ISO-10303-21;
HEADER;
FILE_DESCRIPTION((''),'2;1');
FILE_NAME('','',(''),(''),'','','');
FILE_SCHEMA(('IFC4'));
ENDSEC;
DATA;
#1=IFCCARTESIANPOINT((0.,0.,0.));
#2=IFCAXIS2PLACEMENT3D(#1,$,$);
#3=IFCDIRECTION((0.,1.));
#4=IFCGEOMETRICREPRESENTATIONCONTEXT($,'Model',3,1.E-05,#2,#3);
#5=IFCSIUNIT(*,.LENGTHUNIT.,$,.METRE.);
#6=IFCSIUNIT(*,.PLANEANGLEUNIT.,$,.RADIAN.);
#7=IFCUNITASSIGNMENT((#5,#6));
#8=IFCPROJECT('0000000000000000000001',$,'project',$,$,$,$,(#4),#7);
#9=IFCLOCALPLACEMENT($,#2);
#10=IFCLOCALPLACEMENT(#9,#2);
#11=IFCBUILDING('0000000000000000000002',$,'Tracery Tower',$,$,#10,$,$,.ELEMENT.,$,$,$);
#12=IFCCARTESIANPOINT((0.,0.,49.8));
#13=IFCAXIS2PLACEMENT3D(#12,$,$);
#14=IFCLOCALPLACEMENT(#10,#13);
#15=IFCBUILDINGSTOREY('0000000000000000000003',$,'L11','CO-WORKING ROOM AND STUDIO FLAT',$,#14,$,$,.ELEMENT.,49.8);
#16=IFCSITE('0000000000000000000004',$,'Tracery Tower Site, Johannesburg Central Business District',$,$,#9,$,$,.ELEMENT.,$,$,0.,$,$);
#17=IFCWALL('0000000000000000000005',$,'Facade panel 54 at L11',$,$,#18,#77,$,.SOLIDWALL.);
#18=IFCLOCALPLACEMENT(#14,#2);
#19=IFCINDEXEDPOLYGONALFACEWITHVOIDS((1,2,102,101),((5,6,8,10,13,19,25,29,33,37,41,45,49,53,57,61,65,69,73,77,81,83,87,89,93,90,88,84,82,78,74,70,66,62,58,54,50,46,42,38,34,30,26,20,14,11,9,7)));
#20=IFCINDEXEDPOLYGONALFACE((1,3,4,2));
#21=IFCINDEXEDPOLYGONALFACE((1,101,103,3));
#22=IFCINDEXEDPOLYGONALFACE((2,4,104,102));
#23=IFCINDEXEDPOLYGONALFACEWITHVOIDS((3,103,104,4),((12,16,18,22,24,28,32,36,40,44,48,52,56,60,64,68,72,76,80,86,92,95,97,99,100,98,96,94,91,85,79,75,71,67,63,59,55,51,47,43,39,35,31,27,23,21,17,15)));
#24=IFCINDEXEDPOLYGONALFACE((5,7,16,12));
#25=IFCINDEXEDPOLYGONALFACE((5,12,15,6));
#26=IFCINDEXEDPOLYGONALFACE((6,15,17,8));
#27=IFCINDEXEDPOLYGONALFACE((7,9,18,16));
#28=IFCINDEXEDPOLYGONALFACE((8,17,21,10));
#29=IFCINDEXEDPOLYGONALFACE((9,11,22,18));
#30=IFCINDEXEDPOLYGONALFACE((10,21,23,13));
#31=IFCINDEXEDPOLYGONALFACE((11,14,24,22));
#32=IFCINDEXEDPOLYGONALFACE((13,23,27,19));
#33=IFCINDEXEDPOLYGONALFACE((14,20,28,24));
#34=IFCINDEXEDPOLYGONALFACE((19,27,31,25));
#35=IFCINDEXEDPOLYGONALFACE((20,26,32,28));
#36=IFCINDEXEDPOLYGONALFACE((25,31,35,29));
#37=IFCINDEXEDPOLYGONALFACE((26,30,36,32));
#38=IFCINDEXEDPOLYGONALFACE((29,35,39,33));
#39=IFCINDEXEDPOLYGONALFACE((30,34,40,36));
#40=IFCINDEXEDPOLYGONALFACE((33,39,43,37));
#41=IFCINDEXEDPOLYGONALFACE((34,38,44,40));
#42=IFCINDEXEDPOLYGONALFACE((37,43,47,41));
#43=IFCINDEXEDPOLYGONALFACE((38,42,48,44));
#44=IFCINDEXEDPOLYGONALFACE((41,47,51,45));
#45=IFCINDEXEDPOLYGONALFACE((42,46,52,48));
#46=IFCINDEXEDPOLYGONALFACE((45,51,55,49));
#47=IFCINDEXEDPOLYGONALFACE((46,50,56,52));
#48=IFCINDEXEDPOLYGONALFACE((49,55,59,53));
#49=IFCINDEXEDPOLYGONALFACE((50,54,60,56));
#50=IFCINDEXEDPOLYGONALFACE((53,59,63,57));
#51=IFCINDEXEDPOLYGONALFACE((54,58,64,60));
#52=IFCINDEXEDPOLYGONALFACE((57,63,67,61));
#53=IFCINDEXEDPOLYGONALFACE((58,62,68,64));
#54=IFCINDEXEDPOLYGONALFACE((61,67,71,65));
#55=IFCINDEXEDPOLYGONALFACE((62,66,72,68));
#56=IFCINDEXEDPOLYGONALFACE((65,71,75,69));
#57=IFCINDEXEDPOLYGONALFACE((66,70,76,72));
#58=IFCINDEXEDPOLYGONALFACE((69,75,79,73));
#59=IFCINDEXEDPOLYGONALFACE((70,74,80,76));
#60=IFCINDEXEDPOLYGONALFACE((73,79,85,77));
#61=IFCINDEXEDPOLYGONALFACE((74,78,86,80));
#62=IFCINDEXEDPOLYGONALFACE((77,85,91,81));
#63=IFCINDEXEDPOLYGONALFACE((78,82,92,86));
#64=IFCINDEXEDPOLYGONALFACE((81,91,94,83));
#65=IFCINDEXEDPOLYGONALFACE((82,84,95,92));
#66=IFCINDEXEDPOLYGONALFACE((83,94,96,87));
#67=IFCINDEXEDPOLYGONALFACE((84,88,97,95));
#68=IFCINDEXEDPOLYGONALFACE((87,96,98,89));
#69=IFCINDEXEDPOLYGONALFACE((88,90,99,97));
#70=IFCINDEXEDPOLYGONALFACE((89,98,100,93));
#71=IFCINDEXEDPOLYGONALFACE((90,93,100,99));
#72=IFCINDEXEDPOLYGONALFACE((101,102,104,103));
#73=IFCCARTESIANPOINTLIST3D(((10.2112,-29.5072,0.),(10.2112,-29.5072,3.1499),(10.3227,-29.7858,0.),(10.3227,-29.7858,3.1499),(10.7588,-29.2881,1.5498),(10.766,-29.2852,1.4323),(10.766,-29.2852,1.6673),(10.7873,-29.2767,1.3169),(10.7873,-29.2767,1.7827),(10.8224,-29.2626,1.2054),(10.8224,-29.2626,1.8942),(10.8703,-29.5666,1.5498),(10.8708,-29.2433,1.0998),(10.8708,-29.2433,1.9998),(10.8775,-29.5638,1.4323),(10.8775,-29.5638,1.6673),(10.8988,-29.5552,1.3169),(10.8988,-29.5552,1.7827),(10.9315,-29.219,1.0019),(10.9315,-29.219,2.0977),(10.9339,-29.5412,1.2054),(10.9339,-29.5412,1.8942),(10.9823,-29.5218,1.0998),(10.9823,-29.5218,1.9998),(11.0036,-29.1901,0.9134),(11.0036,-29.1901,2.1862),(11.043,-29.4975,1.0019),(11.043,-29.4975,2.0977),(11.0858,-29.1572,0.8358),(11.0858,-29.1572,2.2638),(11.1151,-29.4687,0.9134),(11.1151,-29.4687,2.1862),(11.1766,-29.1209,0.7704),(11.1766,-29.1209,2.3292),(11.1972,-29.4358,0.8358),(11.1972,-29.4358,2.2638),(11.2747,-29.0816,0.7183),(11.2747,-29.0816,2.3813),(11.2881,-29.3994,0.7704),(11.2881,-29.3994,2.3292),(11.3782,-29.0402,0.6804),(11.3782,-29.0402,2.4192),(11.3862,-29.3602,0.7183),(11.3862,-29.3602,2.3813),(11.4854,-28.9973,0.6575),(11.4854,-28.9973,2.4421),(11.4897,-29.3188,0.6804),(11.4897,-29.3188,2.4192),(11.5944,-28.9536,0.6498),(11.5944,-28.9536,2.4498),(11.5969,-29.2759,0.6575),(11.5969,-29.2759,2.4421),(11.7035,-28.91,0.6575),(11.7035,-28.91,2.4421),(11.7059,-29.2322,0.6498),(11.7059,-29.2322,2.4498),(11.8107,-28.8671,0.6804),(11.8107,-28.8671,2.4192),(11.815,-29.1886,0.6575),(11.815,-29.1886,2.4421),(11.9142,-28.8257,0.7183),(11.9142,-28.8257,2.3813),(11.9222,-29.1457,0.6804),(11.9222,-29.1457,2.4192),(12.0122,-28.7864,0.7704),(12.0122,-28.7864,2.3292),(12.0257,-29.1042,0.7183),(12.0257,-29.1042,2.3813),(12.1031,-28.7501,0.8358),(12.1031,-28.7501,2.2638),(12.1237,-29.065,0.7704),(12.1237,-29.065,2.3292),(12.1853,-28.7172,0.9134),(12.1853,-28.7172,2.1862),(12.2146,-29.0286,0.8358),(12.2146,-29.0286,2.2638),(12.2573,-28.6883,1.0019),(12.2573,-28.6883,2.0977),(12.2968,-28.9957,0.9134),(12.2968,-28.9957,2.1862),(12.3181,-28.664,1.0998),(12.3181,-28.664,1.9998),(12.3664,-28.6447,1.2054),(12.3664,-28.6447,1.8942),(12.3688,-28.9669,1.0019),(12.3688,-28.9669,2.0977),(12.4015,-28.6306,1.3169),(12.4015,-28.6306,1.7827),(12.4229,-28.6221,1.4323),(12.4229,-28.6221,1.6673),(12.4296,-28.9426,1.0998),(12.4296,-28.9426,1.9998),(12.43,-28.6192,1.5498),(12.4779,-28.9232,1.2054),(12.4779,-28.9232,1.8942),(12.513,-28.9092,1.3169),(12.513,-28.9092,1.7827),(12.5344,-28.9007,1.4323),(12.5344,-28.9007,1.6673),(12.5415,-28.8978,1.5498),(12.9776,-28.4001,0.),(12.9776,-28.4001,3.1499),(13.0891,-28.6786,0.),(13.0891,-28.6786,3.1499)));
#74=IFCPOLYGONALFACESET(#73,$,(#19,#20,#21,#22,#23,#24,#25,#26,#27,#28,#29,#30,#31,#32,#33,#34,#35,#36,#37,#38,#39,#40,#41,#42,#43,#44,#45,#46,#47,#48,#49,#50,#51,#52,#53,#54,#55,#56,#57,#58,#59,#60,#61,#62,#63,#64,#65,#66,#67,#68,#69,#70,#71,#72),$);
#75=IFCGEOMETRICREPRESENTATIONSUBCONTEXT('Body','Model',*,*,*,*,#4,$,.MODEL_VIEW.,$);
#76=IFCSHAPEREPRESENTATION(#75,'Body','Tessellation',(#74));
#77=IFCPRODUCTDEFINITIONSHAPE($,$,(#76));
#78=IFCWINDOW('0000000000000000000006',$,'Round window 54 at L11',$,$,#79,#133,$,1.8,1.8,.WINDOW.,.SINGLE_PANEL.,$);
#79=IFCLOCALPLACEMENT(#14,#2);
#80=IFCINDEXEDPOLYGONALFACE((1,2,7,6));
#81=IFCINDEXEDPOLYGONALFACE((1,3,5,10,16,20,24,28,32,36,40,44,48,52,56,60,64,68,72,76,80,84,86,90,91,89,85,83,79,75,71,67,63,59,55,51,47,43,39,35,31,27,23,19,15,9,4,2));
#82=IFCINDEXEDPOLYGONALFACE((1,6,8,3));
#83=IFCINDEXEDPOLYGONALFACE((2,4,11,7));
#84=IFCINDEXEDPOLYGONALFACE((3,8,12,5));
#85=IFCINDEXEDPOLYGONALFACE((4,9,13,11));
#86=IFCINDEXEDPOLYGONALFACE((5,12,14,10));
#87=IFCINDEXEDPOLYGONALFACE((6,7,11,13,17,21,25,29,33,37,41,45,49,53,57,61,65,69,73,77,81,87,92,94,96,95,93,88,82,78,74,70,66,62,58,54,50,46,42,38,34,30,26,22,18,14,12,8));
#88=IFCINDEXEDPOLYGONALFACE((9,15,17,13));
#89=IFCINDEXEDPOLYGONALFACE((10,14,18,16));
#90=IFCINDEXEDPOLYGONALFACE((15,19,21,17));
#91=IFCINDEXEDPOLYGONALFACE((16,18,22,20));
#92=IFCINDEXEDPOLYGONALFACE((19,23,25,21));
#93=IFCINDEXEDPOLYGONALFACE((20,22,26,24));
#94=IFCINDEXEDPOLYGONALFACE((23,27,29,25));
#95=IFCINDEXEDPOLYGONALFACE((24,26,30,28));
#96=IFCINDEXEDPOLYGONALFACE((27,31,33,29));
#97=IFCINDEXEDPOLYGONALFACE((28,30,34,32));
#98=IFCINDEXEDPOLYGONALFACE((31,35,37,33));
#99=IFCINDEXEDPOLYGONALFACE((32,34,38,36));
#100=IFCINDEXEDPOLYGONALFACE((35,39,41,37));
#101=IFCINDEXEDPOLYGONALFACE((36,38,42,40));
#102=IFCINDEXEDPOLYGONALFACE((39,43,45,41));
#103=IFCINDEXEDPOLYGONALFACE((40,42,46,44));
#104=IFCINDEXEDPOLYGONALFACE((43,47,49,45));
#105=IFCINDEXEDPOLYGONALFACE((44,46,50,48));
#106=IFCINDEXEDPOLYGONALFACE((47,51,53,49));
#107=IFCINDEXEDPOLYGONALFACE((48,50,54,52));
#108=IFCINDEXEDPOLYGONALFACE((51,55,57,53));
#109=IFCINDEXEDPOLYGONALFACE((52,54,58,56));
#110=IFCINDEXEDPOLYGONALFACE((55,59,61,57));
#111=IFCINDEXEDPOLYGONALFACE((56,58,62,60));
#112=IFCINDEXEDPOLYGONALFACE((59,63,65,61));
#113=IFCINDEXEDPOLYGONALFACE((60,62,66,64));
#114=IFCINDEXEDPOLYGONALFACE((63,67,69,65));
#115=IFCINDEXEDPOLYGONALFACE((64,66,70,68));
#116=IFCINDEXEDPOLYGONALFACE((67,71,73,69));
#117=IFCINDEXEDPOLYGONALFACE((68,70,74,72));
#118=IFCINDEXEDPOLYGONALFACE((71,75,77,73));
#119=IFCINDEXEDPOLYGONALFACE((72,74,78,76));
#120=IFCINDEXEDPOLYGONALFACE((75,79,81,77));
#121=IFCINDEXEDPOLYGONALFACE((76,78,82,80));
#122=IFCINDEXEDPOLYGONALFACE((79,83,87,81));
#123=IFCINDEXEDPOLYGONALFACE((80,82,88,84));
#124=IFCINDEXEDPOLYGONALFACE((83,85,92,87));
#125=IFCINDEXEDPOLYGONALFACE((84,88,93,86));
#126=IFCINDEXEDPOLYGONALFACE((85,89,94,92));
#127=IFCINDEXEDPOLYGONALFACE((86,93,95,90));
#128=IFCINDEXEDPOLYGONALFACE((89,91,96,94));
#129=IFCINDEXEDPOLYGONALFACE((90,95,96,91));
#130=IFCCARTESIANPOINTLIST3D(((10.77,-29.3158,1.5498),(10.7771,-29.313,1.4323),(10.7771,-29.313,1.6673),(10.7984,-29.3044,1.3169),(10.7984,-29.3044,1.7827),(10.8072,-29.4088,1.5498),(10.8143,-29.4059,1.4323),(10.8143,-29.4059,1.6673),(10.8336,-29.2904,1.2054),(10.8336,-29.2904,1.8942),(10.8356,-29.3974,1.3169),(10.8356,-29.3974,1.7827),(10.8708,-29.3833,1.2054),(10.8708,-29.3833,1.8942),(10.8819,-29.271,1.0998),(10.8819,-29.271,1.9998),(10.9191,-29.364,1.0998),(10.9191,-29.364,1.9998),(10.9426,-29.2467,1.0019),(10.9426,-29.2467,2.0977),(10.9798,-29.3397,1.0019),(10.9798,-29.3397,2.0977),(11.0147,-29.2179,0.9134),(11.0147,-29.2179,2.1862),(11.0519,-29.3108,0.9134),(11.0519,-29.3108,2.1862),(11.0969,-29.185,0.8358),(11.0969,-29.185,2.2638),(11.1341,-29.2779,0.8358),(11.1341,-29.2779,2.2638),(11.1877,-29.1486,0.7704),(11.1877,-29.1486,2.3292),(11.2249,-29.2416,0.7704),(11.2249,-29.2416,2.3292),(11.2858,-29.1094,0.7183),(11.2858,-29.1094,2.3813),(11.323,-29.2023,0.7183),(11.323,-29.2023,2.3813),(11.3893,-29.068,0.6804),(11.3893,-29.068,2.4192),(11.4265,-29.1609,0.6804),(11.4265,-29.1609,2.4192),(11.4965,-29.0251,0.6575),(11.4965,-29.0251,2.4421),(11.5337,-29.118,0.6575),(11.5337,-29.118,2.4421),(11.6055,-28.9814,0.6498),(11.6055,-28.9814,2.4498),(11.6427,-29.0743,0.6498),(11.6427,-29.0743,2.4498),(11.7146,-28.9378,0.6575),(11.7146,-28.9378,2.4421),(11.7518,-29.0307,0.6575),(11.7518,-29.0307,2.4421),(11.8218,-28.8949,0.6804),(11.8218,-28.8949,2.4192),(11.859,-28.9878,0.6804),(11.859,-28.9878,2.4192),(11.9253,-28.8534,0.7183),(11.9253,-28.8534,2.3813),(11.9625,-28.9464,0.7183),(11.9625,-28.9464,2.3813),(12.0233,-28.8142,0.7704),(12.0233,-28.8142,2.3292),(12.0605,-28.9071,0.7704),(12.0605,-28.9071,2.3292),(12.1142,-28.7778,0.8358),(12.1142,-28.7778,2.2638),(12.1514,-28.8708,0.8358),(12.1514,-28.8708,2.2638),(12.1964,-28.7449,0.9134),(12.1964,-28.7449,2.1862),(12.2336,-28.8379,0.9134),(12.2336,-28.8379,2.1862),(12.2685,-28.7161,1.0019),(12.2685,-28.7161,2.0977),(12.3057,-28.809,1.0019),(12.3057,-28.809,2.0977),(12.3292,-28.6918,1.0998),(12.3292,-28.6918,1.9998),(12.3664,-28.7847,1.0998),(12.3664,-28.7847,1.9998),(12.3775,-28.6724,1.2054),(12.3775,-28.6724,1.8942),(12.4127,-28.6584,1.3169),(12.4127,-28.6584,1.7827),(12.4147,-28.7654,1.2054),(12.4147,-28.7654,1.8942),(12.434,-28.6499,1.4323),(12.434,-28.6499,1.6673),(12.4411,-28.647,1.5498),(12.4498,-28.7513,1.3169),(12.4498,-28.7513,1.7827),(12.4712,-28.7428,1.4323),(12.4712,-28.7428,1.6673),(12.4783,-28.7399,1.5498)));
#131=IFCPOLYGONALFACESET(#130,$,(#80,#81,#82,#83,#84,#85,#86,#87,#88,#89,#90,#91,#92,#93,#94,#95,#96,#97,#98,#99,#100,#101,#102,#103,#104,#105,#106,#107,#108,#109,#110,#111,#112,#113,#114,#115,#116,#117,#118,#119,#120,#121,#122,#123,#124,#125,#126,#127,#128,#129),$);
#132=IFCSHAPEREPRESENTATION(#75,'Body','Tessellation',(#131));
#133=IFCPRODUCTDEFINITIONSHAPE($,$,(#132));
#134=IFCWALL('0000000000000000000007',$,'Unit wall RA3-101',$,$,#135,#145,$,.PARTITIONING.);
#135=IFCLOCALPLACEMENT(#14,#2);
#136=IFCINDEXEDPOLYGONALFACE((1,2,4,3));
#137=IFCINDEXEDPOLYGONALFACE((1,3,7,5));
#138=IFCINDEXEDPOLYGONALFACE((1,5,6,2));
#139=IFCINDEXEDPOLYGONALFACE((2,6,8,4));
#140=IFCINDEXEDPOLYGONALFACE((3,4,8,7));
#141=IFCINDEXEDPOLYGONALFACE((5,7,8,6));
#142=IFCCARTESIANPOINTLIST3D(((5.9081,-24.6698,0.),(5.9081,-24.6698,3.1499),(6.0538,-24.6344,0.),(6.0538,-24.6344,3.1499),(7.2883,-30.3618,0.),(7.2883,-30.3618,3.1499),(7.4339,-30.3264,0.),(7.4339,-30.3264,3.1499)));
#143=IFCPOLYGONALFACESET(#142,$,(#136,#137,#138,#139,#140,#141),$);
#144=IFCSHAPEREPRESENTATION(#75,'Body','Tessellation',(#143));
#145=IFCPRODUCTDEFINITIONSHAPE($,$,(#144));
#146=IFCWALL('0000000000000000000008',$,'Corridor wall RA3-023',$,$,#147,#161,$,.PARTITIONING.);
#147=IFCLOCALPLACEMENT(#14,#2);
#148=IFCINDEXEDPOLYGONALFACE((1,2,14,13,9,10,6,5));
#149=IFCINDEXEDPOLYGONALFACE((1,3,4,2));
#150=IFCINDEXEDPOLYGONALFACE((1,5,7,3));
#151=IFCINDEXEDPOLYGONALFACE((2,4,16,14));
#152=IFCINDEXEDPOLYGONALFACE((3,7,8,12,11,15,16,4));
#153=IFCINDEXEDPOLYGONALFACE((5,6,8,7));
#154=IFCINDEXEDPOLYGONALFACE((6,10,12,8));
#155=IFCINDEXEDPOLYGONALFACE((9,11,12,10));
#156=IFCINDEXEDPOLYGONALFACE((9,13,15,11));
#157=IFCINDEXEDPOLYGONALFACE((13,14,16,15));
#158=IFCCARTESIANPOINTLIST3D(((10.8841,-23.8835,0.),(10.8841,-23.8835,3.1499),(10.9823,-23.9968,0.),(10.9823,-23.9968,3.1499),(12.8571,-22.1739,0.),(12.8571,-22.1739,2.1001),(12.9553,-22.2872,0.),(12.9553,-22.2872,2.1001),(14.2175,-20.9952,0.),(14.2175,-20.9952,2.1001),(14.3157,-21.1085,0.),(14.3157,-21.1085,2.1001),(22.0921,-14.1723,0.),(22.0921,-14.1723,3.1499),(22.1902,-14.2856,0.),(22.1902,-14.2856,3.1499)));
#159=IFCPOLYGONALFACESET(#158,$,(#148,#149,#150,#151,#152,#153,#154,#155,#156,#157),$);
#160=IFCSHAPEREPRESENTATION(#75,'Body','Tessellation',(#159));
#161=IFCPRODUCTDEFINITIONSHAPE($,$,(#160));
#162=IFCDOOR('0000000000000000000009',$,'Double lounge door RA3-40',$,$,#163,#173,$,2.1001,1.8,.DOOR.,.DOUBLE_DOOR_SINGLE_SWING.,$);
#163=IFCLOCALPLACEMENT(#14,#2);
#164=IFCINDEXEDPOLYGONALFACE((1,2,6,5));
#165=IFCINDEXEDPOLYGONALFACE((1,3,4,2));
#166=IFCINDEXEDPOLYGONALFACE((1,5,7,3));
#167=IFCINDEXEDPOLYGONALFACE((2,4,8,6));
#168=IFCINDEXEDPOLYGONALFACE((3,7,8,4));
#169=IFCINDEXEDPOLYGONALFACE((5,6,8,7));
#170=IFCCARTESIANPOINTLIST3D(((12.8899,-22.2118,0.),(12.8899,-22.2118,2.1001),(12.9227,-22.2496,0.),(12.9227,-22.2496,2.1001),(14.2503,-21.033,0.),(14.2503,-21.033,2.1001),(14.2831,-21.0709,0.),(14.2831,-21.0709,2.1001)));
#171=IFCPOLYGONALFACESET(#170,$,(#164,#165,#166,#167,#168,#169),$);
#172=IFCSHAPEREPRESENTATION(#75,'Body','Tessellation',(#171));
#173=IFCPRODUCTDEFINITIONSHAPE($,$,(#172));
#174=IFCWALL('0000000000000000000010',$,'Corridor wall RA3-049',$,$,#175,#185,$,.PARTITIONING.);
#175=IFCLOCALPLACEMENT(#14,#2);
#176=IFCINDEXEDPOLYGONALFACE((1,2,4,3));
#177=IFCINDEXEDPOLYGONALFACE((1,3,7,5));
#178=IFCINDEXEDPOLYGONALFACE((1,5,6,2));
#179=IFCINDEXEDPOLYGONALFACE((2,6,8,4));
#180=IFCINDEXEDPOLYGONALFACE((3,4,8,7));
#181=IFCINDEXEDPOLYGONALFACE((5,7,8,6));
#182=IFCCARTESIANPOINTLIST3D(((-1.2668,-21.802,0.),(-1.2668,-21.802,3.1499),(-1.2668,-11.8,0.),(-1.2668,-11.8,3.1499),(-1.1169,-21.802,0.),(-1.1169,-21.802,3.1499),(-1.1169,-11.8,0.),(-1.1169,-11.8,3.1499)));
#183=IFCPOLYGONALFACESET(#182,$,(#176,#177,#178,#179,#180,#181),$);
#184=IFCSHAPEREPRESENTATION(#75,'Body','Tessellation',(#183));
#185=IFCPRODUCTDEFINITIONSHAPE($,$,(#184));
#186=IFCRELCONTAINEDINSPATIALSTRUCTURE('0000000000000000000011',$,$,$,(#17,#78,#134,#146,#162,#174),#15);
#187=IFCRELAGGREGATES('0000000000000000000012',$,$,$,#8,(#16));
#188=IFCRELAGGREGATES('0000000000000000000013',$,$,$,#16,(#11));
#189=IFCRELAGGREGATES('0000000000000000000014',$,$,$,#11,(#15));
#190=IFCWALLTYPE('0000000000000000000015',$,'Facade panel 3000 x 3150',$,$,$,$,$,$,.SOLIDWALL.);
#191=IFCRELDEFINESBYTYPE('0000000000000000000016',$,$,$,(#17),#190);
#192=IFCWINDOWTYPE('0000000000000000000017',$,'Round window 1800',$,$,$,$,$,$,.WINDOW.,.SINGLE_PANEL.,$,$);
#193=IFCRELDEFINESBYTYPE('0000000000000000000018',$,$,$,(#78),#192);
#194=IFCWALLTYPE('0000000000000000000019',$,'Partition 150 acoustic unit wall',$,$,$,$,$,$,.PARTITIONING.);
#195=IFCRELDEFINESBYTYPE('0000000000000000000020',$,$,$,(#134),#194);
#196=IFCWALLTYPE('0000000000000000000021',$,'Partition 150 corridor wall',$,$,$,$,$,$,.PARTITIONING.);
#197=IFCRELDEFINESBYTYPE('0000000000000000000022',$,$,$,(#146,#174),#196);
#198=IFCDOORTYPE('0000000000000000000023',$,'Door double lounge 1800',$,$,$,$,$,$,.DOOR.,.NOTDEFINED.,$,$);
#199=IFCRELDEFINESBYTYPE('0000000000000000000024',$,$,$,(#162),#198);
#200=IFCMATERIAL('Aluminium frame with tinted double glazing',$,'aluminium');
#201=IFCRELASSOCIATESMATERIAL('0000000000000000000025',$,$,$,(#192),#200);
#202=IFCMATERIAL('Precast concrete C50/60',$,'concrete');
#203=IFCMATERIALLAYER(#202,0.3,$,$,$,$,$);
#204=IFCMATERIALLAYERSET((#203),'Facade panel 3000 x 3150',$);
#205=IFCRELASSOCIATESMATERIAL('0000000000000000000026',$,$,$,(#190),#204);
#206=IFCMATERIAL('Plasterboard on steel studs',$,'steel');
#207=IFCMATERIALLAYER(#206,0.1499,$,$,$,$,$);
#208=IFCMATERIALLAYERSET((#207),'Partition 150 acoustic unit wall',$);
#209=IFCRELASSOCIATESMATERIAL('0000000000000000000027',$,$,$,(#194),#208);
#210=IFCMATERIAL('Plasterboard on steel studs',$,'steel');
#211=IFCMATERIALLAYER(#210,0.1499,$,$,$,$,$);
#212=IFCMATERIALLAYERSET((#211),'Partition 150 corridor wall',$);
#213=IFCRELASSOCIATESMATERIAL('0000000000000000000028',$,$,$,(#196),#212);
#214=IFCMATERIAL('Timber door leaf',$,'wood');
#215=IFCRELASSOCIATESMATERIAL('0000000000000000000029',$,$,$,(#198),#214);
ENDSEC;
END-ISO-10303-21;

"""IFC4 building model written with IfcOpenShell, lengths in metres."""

from ifc_helpers import new_model, si_unit, direction, frame, frame_2d, origin, origin_2d, place, context, subcontext, project, spatial, rectangle, circle, extrude, material, layer, layer_set, type_object, element, fill, save


model = new_model("IFC4")

# Units and contexts
model_context = context("Model", 3, precision=1e-05, world=origin(), true_north=direction((0.0, 1.0)))
body_context = subcontext(model_context, "Body", "Model", "MODEL_VIEW")
ifc_project = project(units=[si_unit("LENGTHUNIT", "METRE"), si_unit("PLANEANGLEUNIT", "RADIAN")], contexts=[model_context])

# Site, building, storey
site_placement = place(None, origin())
site = spatial("IfcSite", under=ifc_project, at=site_placement, Name="Tracery Tower Site, Johannesburg Central Business District", CompositionType="ELEMENT", RefElevation=0.0)
building_placement = place(site_placement, origin())
building = spatial("IfcBuilding", under=site, at=building_placement, Name="Tracery Tower", CompositionType="ELEMENT")
storey_placement = place(building_placement, frame((0.0, 0.0, 49.8)))
storey = spatial("IfcBuildingStorey", under=building, at=storey_placement, Name="L11", Description="CO-WORKING ROOM AND STUDIO FLAT", CompositionType="ELEMENT", Elevation=49.8)

# Wall, opening, window
ifc_material_1 = material(Name="Aluminium frame with tinted double glazing", Category="aluminium")
window_type = type_object("IfcWindowType", Name="Round window 1800", PartitioningType="SINGLE_PANEL", PredefinedType="WINDOW", material=ifc_material_1)
ifc_material_2 = material(Name="Precast concrete C50/60", Category="concrete")
ifc_layer_1 = layer(ifc_material_2, 0.3)
ifc_layer_set_1 = layer_set([ifc_layer_1], Name="Facade panel 3000 x 3150")
wall_type_1 = type_object("IfcWallType", Name="Facade panel 3000 x 3150", PredefinedType="SOLIDWALL", material=ifc_layer_set_1)
wall_1_placement = place(storey_placement, frame((10.2671, -29.6465, 0.0), z_axis=(0.0, 0.0, 1.0), x_axis=(0.928403, 0.371574, 0.0)))
wall_1 = element("IfcWall", 1, at=wall_1_placement, inside=storey, type_object=wall_type_1, Name="Facade panel 54 at L11", PredefinedType="SOLIDWALL", context=body_context, shape_type="SweptSolid", body=[
    extrude(rectangle(XDim=2.9797, YDim=0.3, at=frame_2d((1.4897, 0.0))), origin(), (0.0, 0.0, 1.0), 3.1499),
])
opening_1_placement = place(wall_1_placement, frame((1.4897, 0.0, 1.5498)))
opening_1 = element("IfcOpeningElement", 2, at=opening_1_placement, cuts=wall_1, PredefinedType="OPENING", context=body_context, shape_type="SweptSolid", body=[
    extrude(circle(Radius=0.9, at=origin_2d()), frame((0.0, 0.1599, 0.0), z_axis=(0.0, -1.0, 0.0), x_axis=(1.0, 0.0, 0.0)), (0.0, 0.0, 1.0), 0.3201),
])
window_1_placement = place(opening_1_placement, origin())
window_1 = element("IfcWindow", 3, at=window_1_placement, inside=storey, type_object=window_type, Name="Round window 54 at L11", OverallHeight=1.8, OverallWidth=1.8, PartitioningType="SINGLE_PANEL", PredefinedType="WINDOW", context=body_context, shape_type="SweptSolid", body=[
    extrude(circle(Radius=0.9, at=origin_2d()), frame((0.0, 0.1201, 0.0), z_axis=(0.0, -1.0, 0.0), x_axis=(1.0, 0.0, 0.0)), (0.0, 0.0, 1.0), 0.1001),
])
fill(opening_1, window_1)

# Wall
ifc_material_3 = material(Name="Plasterboard on steel studs", Category="steel")
ifc_layer_2 = layer(ifc_material_3, 0.1499)
ifc_layer_set_2 = layer_set([ifc_layer_2], Name="Partition 150 acoustic unit wall")
wall_type_2 = type_object("IfcWallType", Name="Partition 150 acoustic unit wall", PredefinedType="PARTITIONING", material=ifc_layer_set_2)
wall_2_placement = place(storey_placement, frame((5.981, -24.6521, 0.0), z_axis=(0.0, 0.0, 1.0), x_axis=(0.235644, -0.971839, 0.0)))
element("IfcWall", 4, at=wall_2_placement, inside=storey, type_object=wall_type_2, Name="Unit wall RA3-101", PredefinedType="PARTITIONING", context=body_context, shape_type="SweptSolid", body=[
    extrude(rectangle(XDim=5.8569, YDim=0.1499, at=frame_2d((2.9285, 0.0))), origin(), (0.0, 0.0, 1.0), 3.1499),
])

# Wall, opening, door
ifc_material_4 = material(Name="Plasterboard on steel studs", Category="steel")
ifc_layer_3 = layer(ifc_material_4, 0.1499)
ifc_layer_set_3 = layer_set([ifc_layer_3], Name="Partition 150 corridor wall")
wall_type_3 = type_object("IfcWallType", Name="Partition 150 corridor wall", PredefinedType="PARTITIONING", material=ifc_layer_set_3)
wall_3_placement = place(storey_placement, frame((10.9331, -23.9402, 0.0), z_axis=(0.0, 0.0, 1.0), x_axis=(0.75577, 0.654837, 0.0)))
wall_3 = element("IfcWall", 5, at=wall_3_placement, inside=storey, type_object=wall_type_3, Name="Corridor wall RA3-023", PredefinedType="PARTITIONING", context=body_context, shape_type="SweptSolid", body=[
    extrude(rectangle(XDim=14.8298, YDim=0.1499, at=frame_2d((7.415, 0.0))), origin(), (0.0, 0.0, 1.0), 3.1499),
])
opening_2_placement = place(wall_3_placement, frame((2.6108, 0.0, 0.0)))
opening_2 = element("IfcOpeningElement", 6, at=opening_2_placement, cuts=wall_3, PredefinedType="OPENING", context=body_context, shape_type="SweptSolid", body=[
    extrude(rectangle(XDim=1.8, YDim=2.1001, at=frame_2d((0.8999, 1.05))), frame((0.0, 0.075, 0.0), z_axis=(0.0, -1.0, 0.0), x_axis=(1.0, 0.0, 0.0)), (0.0, 0.0, 1.0), 0.1499),
])
ifc_material_5 = material(Name="Timber door leaf", Category="wood")
door_type_1 = type_object("IfcDoorType", Name="Door double lounge 1800", OperationType="NOTDEFINED", PredefinedType="DOOR", material=ifc_material_5)
door_1_placement = place(opening_2_placement, origin())
door_1 = element("IfcDoor", 7, at=door_1_placement, inside=storey, type_object=door_type_1, Name="Double lounge door RA3-40", OperationType="DOUBLE_DOOR_SINGLE_SWING", OverallHeight=2.1001, OverallWidth=1.8, PredefinedType="DOOR", context=body_context, shape_type="SweptSolid", body=[
    extrude(rectangle(XDim=1.8, YDim=2.1001, at=frame_2d((0.8999, 1.05))), frame((0.0, 0.0249, 0.0), z_axis=(0.0, -1.0, 0.0), x_axis=(1.0, 0.0, 0.0)), (0.0, 0.0, 1.0), 0.05),
])
fill(opening_2, door_1)

# Wall
wall_4_placement = place(storey_placement, frame((-1.1919, -21.802, 0.0), z_axis=(0.0, 0.0, 1.0), x_axis=(0.0, 1.0, 0.0)))
element("IfcWall", 8, at=wall_4_placement, inside=storey, type_object=wall_type_3, Name="Corridor wall RA3-049", PredefinedType="PARTITIONING", context=body_context, shape_type="SweptSolid", body=[
    extrude(rectangle(XDim=10.002, YDim=0.1499, at=frame_2d((5.001, 0.0))), origin(), (0.0, 0.0, 1.0), 3.1499),
])

save(model, "model.ifc")
